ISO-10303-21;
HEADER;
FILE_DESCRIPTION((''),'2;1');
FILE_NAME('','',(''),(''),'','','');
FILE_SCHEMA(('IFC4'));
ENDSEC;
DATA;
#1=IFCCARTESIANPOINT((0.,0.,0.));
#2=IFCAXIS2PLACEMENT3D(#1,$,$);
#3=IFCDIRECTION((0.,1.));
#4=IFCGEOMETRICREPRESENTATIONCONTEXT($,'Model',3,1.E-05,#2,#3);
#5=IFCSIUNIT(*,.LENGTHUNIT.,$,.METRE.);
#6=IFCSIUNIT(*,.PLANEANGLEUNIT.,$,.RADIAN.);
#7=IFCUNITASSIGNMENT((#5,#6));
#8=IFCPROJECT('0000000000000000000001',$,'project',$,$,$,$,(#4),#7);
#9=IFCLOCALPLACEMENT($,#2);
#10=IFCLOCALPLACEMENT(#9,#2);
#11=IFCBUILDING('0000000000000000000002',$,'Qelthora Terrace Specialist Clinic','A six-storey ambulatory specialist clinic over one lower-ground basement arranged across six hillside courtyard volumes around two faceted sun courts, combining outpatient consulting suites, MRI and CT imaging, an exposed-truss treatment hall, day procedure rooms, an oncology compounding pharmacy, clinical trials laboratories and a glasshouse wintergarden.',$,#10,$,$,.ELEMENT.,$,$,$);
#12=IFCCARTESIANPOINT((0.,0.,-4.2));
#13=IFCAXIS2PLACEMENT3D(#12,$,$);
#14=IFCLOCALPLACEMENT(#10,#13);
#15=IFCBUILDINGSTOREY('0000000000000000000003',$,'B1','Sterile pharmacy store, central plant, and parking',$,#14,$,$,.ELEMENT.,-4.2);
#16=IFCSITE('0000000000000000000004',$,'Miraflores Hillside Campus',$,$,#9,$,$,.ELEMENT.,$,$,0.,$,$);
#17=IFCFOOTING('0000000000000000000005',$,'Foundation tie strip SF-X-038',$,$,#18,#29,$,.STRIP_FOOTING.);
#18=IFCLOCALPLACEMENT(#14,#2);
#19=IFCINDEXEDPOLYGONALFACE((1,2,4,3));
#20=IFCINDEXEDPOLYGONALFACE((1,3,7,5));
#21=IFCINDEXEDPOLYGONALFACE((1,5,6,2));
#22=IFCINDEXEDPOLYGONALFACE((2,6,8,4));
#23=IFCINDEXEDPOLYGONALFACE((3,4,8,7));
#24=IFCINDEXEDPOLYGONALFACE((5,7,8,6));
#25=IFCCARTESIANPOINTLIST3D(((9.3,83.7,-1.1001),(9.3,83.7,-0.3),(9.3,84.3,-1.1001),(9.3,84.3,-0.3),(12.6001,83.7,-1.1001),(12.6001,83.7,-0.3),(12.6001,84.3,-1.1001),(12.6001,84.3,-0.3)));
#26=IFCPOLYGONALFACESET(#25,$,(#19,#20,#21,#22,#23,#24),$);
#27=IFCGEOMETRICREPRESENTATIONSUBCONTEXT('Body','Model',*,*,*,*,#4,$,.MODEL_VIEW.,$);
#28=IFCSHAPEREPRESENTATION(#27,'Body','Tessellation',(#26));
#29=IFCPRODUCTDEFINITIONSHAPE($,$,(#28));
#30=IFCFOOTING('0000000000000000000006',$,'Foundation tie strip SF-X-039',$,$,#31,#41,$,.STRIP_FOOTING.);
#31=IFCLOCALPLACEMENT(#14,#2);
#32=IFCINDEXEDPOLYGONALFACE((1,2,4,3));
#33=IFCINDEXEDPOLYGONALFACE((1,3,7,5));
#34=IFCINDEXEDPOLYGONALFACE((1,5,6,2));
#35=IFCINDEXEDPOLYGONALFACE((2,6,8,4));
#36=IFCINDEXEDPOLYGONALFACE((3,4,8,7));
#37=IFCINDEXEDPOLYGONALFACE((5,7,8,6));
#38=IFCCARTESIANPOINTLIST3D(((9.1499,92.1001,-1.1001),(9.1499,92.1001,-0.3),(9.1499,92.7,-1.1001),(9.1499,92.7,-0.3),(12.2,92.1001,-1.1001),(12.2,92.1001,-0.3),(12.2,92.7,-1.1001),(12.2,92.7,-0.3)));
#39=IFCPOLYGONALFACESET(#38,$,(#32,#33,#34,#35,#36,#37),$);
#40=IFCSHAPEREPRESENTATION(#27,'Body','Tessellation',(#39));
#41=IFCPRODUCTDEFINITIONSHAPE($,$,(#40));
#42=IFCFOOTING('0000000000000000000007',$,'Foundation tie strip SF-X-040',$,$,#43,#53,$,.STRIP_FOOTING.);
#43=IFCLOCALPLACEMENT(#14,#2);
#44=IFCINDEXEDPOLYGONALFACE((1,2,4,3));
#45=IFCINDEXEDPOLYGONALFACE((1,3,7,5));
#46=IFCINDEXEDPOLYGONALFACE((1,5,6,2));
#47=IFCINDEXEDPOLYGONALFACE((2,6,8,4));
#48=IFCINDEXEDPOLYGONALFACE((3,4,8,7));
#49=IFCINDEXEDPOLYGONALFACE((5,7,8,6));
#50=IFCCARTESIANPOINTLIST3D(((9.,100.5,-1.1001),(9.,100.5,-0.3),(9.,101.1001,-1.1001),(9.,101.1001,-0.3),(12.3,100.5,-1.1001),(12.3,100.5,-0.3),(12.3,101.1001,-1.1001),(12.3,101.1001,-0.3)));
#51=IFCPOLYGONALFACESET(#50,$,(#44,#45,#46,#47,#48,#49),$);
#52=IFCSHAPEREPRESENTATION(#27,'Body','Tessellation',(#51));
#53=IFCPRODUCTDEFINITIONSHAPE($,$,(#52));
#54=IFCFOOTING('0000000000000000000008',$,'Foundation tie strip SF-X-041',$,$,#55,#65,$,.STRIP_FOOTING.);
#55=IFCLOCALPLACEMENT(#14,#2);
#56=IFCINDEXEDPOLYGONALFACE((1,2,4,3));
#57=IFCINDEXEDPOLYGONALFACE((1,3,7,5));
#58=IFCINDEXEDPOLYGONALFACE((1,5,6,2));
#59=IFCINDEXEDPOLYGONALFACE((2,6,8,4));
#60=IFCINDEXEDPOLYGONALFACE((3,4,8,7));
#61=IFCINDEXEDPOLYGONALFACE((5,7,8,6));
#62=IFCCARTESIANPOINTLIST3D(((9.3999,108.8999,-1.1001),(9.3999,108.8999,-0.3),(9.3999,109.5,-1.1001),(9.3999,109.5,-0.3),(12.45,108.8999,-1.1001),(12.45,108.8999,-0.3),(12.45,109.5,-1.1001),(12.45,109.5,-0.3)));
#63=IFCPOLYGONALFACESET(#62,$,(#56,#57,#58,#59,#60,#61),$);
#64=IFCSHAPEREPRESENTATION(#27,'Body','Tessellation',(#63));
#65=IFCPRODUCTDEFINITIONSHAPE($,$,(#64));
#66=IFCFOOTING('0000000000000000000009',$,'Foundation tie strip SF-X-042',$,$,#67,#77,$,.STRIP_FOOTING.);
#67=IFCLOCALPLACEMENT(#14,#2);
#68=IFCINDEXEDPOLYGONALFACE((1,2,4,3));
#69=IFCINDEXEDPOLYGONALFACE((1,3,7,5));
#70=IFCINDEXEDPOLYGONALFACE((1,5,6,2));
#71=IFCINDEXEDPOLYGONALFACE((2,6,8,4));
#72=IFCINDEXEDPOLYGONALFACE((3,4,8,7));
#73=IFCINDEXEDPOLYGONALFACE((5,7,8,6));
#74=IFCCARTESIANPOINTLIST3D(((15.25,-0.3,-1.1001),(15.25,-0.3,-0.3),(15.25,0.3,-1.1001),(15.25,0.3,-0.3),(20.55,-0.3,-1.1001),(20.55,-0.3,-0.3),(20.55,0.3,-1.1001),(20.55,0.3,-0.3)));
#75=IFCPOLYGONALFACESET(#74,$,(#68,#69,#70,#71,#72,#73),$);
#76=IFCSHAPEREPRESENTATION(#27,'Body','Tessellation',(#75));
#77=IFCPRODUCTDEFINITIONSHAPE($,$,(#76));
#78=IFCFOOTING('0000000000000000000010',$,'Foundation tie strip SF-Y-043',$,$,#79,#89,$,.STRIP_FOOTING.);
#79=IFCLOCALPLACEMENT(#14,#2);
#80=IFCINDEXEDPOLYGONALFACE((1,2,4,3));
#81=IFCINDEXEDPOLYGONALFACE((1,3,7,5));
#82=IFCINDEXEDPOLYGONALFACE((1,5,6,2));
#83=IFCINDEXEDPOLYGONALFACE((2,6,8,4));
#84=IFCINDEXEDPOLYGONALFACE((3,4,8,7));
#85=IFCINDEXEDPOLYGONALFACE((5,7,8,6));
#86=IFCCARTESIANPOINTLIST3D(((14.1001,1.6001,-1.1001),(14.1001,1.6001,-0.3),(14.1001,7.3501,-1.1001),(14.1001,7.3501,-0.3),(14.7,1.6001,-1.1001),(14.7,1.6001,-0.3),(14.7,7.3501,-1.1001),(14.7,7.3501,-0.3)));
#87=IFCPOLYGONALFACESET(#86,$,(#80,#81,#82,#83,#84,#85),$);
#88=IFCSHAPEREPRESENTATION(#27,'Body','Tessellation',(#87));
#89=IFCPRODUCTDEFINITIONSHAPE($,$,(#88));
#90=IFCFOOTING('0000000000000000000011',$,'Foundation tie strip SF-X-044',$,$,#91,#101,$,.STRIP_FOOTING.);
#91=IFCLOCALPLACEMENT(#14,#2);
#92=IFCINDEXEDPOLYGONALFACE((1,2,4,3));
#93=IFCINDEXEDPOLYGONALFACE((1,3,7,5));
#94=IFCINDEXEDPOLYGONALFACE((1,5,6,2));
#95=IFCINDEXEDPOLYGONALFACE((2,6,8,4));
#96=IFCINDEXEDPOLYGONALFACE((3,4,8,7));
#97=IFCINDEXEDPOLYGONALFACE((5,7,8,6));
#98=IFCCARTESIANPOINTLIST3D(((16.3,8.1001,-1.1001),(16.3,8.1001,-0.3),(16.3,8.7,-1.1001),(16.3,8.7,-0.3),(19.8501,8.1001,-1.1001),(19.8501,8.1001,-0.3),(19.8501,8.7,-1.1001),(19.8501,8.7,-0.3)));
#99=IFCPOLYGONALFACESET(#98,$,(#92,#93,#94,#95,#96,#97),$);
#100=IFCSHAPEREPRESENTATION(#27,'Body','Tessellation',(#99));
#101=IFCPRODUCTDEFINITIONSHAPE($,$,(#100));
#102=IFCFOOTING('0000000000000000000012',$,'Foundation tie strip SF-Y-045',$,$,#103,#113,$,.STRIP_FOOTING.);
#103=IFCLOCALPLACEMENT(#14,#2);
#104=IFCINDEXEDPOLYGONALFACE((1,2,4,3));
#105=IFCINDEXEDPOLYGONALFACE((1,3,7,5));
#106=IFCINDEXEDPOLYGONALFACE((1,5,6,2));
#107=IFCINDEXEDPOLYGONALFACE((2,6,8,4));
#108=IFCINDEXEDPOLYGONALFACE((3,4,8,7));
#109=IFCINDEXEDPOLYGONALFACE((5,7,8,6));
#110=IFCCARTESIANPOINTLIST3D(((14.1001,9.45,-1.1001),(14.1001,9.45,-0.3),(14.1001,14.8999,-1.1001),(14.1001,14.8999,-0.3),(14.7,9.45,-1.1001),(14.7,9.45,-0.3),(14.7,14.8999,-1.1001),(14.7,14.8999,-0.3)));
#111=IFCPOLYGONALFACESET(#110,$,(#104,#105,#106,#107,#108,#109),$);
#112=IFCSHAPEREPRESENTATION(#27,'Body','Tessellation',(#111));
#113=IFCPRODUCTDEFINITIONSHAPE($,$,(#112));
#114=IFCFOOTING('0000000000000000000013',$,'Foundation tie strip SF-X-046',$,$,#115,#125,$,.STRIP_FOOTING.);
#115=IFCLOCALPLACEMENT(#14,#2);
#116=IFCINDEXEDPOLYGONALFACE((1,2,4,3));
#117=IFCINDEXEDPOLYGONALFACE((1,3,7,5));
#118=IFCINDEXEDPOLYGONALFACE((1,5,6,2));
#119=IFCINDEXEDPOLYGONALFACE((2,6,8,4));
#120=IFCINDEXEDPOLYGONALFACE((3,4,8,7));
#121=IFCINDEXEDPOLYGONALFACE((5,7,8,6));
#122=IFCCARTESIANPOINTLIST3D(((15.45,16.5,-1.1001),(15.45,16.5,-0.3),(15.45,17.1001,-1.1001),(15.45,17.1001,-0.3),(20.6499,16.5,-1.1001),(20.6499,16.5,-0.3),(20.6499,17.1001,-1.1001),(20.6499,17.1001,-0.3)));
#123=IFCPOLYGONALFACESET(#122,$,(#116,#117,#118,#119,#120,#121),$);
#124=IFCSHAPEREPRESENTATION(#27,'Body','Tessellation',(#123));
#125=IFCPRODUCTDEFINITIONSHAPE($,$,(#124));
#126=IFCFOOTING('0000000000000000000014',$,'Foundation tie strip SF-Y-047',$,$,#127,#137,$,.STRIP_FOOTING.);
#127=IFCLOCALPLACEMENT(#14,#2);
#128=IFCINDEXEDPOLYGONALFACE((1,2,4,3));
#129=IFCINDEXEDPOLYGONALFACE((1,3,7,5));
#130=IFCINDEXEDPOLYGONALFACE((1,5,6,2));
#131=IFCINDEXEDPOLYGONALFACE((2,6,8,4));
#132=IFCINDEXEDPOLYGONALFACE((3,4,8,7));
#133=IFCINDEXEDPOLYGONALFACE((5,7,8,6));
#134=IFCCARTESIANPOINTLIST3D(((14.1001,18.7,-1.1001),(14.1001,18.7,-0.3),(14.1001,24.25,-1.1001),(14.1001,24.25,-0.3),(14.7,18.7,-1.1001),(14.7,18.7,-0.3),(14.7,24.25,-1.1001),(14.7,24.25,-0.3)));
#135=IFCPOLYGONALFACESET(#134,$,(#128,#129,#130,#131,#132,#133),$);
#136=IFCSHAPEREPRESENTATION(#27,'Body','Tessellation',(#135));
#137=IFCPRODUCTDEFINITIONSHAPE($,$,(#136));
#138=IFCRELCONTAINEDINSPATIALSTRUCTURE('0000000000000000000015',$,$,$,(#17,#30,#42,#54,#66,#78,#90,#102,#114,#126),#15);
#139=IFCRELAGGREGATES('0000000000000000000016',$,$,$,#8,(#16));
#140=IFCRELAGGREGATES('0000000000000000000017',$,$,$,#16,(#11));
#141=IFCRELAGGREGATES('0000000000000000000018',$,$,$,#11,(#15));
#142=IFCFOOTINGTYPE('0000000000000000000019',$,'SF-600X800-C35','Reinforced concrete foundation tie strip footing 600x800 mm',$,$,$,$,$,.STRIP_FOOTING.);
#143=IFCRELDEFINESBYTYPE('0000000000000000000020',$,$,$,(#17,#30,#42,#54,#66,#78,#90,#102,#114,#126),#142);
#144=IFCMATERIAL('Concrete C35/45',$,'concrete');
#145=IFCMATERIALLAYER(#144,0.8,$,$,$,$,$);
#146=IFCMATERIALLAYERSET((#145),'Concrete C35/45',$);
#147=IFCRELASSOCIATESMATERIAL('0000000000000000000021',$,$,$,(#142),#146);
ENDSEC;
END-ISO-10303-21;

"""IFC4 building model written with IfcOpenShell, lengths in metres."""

from ifc_helpers import new_model, si_unit, direction, frame, origin, place, context, subcontext, project, spatial, polyline, outline, extrude, material, layer, layer_set, type_object, element, save


model = new_model("IFC4")

# Units and contexts
model_context = context("Model", 3, precision=1e-05, world=origin(), true_north=direction((0.0, 1.0)))
body_context = subcontext(model_context, "Body", "Model", "MODEL_VIEW")
ifc_project = project(units=[si_unit("LENGTHUNIT", "METRE"), si_unit("PLANEANGLEUNIT", "RADIAN")], contexts=[model_context])

# Site, building, storey
site_placement = place(None, origin())
site = spatial("IfcSite", under=ifc_project, at=site_placement, Name="Miraflores Hillside Campus", CompositionType="ELEMENT", RefElevation=0.0)
building_placement = place(site_placement, origin())
building = spatial("IfcBuilding", under=site, at=building_placement, Name="Qelthora Terrace Specialist Clinic", Description="A six-storey ambulatory specialist clinic over one lower-ground basement arranged across six hillside courtyard volumes around two faceted sun courts, combining outpatient consulting suites, MRI and CT imaging, an exposed-truss treatment hall, day procedure rooms, an oncology compounding pharmacy, clinical trials laboratories and a glasshouse wintergarden.", CompositionType="ELEMENT")
storey_placement = place(building_placement, frame((0.0, 0.0, -4.2)))
storey = spatial("IfcBuildingStorey", under=building, at=storey_placement, Name="B1", Description="Sterile pharmacy store, central plant, and parking", CompositionType="ELEMENT", Elevation=-4.2)

# Footings
ifc_material = material(Name="Concrete C35/45", Category="concrete")
ifc_layer = layer(ifc_material, 0.8)
ifc_layer_set = layer_set([ifc_layer], Name="Concrete C35/45")
footing_type = type_object("IfcFootingType", Name="SF-600X800-C35", Description="Reinforced concrete foundation tie strip footing 600x800 mm", PredefinedType="STRIP_FOOTING", material=ifc_layer_set)
footing_1_placement = place(storey_placement, frame((0.0, 0.0, -1.1001)))
element("IfcFooting", 1, at=footing_1_placement, inside=storey, type_object=footing_type, Name="Foundation tie strip SF-X-038", PredefinedType="STRIP_FOOTING", context=body_context, shape_type="SweptSolid", body=[
    extrude(outline(polyline([(9.3, 83.7), (12.6001, 83.7), (12.6001, 84.3), (9.3, 84.3), (9.3, 83.7)])), origin(), (0.0, 0.0, 1.0), 0.8),
])
footing_2_placement = place(storey_placement, frame((0.0, 0.0, -1.1001)))
element("IfcFooting", 2, at=footing_2_placement, inside=storey, type_object=footing_type, Name="Foundation tie strip SF-X-039", PredefinedType="STRIP_FOOTING", context=body_context, shape_type="SweptSolid", body=[
    extrude(outline(polyline([(9.1499, 92.1001), (12.2, 92.1001), (12.2, 92.7), (9.1499, 92.7), (9.1499, 92.1001)])), origin(), (0.0, 0.0, 1.0), 0.8),
])
footing_3_placement = place(storey_placement, frame((0.0, 0.0, -1.1001)))
element("IfcFooting", 3, at=footing_3_placement, inside=storey, type_object=footing_type, Name="Foundation tie strip SF-X-040", PredefinedType="STRIP_FOOTING", context=body_context, shape_type="SweptSolid", body=[
    extrude(outline(polyline([(9.0, 100.5), (12.3, 100.5), (12.3, 101.1001), (9.0, 101.1001), (9.0, 100.5)])), origin(), (0.0, 0.0, 1.0), 0.8),
])
footing_4_placement = place(storey_placement, frame((0.0, 0.0, -1.1001)))
element("IfcFooting", 4, at=footing_4_placement, inside=storey, type_object=footing_type, Name="Foundation tie strip SF-X-041", PredefinedType="STRIP_FOOTING", context=body_context, shape_type="SweptSolid", body=[
    extrude(outline(polyline([(9.3999, 108.8999), (12.45, 108.8999), (12.45, 109.5), (9.3999, 109.5), (9.3999, 108.8999)])), origin(), (0.0, 0.0, 1.0), 0.8),
])
footing_5_placement = place(storey_placement, frame((0.0, 0.0, -1.1001)))
element("IfcFooting", 5, at=footing_5_placement, inside=storey, type_object=footing_type, Name="Foundation tie strip SF-X-042", PredefinedType="STRIP_FOOTING", context=body_context, shape_type="SweptSolid", body=[
    extrude(outline(polyline([(15.25, -0.3), (20.55, -0.3), (20.55, 0.3), (15.25, 0.3), (15.25, -0.3)])), origin(), (0.0, 0.0, 1.0), 0.8),
])
footing_6_placement = place(storey_placement, frame((0.0, 0.0, -1.1001)))
element("IfcFooting", 6, at=footing_6_placement, inside=storey, type_object=footing_type, Name="Foundation tie strip SF-Y-043", PredefinedType="STRIP_FOOTING", context=body_context, shape_type="SweptSolid", body=[
    extrude(outline(polyline([(14.1001, 1.6001), (14.7, 1.6001), (14.7, 7.3501), (14.1001, 7.3501), (14.1001, 1.6001)])), origin(), (0.0, 0.0, 1.0), 0.8),
])
footing_7_placement = place(storey_placement, frame((0.0, 0.0, -1.1001)))
element("IfcFooting", 7, at=footing_7_placement, inside=storey, type_object=footing_type, Name="Foundation tie strip SF-X-044", PredefinedType="STRIP_FOOTING", context=body_context, shape_type="SweptSolid", body=[
    extrude(outline(polyline([(16.3, 8.1001), (19.8501, 8.1001), (19.8501, 8.7), (16.3, 8.7), (16.3, 8.1001)])), origin(), (0.0, 0.0, 1.0), 0.8),
])
footing_8_placement = place(storey_placement, frame((0.0, 0.0, -1.1001)))
element("IfcFooting", 8, at=footing_8_placement, inside=storey, type_object=footing_type, Name="Foundation tie strip SF-Y-045", PredefinedType="STRIP_FOOTING", context=body_context, shape_type="SweptSolid", body=[
    extrude(outline(polyline([(14.1001, 9.45), (14.7, 9.45), (14.7, 14.8999), (14.1001, 14.8999), (14.1001, 9.45)])), origin(), (0.0, 0.0, 1.0), 0.8),
])
footing_9_placement = place(storey_placement, frame((0.0, 0.0, -1.1001)))
element("IfcFooting", 9, at=footing_9_placement, inside=storey, type_object=footing_type, Name="Foundation tie strip SF-X-046", PredefinedType="STRIP_FOOTING", context=body_context, shape_type="SweptSolid", body=[
    extrude(outline(polyline([(15.45, 16.5), (20.6499, 16.5), (20.6499, 17.1001), (15.45, 17.1001), (15.45, 16.5)])), origin(), (0.0, 0.0, 1.0), 0.8),
])
footing_10_placement = place(storey_placement, frame((0.0, 0.0, -1.1001)))
element("IfcFooting", 10, at=footing_10_placement, inside=storey, type_object=footing_type, Name="Foundation tie strip SF-Y-047", PredefinedType="STRIP_FOOTING", context=body_context, shape_type="SweptSolid", body=[
    extrude(outline(polyline([(14.1001, 18.7), (14.7, 18.7), (14.7, 24.25), (14.1001, 24.25), (14.1001, 18.7)])), origin(), (0.0, 0.0, 1.0), 0.8),
])

save(model, "model.ifc")
